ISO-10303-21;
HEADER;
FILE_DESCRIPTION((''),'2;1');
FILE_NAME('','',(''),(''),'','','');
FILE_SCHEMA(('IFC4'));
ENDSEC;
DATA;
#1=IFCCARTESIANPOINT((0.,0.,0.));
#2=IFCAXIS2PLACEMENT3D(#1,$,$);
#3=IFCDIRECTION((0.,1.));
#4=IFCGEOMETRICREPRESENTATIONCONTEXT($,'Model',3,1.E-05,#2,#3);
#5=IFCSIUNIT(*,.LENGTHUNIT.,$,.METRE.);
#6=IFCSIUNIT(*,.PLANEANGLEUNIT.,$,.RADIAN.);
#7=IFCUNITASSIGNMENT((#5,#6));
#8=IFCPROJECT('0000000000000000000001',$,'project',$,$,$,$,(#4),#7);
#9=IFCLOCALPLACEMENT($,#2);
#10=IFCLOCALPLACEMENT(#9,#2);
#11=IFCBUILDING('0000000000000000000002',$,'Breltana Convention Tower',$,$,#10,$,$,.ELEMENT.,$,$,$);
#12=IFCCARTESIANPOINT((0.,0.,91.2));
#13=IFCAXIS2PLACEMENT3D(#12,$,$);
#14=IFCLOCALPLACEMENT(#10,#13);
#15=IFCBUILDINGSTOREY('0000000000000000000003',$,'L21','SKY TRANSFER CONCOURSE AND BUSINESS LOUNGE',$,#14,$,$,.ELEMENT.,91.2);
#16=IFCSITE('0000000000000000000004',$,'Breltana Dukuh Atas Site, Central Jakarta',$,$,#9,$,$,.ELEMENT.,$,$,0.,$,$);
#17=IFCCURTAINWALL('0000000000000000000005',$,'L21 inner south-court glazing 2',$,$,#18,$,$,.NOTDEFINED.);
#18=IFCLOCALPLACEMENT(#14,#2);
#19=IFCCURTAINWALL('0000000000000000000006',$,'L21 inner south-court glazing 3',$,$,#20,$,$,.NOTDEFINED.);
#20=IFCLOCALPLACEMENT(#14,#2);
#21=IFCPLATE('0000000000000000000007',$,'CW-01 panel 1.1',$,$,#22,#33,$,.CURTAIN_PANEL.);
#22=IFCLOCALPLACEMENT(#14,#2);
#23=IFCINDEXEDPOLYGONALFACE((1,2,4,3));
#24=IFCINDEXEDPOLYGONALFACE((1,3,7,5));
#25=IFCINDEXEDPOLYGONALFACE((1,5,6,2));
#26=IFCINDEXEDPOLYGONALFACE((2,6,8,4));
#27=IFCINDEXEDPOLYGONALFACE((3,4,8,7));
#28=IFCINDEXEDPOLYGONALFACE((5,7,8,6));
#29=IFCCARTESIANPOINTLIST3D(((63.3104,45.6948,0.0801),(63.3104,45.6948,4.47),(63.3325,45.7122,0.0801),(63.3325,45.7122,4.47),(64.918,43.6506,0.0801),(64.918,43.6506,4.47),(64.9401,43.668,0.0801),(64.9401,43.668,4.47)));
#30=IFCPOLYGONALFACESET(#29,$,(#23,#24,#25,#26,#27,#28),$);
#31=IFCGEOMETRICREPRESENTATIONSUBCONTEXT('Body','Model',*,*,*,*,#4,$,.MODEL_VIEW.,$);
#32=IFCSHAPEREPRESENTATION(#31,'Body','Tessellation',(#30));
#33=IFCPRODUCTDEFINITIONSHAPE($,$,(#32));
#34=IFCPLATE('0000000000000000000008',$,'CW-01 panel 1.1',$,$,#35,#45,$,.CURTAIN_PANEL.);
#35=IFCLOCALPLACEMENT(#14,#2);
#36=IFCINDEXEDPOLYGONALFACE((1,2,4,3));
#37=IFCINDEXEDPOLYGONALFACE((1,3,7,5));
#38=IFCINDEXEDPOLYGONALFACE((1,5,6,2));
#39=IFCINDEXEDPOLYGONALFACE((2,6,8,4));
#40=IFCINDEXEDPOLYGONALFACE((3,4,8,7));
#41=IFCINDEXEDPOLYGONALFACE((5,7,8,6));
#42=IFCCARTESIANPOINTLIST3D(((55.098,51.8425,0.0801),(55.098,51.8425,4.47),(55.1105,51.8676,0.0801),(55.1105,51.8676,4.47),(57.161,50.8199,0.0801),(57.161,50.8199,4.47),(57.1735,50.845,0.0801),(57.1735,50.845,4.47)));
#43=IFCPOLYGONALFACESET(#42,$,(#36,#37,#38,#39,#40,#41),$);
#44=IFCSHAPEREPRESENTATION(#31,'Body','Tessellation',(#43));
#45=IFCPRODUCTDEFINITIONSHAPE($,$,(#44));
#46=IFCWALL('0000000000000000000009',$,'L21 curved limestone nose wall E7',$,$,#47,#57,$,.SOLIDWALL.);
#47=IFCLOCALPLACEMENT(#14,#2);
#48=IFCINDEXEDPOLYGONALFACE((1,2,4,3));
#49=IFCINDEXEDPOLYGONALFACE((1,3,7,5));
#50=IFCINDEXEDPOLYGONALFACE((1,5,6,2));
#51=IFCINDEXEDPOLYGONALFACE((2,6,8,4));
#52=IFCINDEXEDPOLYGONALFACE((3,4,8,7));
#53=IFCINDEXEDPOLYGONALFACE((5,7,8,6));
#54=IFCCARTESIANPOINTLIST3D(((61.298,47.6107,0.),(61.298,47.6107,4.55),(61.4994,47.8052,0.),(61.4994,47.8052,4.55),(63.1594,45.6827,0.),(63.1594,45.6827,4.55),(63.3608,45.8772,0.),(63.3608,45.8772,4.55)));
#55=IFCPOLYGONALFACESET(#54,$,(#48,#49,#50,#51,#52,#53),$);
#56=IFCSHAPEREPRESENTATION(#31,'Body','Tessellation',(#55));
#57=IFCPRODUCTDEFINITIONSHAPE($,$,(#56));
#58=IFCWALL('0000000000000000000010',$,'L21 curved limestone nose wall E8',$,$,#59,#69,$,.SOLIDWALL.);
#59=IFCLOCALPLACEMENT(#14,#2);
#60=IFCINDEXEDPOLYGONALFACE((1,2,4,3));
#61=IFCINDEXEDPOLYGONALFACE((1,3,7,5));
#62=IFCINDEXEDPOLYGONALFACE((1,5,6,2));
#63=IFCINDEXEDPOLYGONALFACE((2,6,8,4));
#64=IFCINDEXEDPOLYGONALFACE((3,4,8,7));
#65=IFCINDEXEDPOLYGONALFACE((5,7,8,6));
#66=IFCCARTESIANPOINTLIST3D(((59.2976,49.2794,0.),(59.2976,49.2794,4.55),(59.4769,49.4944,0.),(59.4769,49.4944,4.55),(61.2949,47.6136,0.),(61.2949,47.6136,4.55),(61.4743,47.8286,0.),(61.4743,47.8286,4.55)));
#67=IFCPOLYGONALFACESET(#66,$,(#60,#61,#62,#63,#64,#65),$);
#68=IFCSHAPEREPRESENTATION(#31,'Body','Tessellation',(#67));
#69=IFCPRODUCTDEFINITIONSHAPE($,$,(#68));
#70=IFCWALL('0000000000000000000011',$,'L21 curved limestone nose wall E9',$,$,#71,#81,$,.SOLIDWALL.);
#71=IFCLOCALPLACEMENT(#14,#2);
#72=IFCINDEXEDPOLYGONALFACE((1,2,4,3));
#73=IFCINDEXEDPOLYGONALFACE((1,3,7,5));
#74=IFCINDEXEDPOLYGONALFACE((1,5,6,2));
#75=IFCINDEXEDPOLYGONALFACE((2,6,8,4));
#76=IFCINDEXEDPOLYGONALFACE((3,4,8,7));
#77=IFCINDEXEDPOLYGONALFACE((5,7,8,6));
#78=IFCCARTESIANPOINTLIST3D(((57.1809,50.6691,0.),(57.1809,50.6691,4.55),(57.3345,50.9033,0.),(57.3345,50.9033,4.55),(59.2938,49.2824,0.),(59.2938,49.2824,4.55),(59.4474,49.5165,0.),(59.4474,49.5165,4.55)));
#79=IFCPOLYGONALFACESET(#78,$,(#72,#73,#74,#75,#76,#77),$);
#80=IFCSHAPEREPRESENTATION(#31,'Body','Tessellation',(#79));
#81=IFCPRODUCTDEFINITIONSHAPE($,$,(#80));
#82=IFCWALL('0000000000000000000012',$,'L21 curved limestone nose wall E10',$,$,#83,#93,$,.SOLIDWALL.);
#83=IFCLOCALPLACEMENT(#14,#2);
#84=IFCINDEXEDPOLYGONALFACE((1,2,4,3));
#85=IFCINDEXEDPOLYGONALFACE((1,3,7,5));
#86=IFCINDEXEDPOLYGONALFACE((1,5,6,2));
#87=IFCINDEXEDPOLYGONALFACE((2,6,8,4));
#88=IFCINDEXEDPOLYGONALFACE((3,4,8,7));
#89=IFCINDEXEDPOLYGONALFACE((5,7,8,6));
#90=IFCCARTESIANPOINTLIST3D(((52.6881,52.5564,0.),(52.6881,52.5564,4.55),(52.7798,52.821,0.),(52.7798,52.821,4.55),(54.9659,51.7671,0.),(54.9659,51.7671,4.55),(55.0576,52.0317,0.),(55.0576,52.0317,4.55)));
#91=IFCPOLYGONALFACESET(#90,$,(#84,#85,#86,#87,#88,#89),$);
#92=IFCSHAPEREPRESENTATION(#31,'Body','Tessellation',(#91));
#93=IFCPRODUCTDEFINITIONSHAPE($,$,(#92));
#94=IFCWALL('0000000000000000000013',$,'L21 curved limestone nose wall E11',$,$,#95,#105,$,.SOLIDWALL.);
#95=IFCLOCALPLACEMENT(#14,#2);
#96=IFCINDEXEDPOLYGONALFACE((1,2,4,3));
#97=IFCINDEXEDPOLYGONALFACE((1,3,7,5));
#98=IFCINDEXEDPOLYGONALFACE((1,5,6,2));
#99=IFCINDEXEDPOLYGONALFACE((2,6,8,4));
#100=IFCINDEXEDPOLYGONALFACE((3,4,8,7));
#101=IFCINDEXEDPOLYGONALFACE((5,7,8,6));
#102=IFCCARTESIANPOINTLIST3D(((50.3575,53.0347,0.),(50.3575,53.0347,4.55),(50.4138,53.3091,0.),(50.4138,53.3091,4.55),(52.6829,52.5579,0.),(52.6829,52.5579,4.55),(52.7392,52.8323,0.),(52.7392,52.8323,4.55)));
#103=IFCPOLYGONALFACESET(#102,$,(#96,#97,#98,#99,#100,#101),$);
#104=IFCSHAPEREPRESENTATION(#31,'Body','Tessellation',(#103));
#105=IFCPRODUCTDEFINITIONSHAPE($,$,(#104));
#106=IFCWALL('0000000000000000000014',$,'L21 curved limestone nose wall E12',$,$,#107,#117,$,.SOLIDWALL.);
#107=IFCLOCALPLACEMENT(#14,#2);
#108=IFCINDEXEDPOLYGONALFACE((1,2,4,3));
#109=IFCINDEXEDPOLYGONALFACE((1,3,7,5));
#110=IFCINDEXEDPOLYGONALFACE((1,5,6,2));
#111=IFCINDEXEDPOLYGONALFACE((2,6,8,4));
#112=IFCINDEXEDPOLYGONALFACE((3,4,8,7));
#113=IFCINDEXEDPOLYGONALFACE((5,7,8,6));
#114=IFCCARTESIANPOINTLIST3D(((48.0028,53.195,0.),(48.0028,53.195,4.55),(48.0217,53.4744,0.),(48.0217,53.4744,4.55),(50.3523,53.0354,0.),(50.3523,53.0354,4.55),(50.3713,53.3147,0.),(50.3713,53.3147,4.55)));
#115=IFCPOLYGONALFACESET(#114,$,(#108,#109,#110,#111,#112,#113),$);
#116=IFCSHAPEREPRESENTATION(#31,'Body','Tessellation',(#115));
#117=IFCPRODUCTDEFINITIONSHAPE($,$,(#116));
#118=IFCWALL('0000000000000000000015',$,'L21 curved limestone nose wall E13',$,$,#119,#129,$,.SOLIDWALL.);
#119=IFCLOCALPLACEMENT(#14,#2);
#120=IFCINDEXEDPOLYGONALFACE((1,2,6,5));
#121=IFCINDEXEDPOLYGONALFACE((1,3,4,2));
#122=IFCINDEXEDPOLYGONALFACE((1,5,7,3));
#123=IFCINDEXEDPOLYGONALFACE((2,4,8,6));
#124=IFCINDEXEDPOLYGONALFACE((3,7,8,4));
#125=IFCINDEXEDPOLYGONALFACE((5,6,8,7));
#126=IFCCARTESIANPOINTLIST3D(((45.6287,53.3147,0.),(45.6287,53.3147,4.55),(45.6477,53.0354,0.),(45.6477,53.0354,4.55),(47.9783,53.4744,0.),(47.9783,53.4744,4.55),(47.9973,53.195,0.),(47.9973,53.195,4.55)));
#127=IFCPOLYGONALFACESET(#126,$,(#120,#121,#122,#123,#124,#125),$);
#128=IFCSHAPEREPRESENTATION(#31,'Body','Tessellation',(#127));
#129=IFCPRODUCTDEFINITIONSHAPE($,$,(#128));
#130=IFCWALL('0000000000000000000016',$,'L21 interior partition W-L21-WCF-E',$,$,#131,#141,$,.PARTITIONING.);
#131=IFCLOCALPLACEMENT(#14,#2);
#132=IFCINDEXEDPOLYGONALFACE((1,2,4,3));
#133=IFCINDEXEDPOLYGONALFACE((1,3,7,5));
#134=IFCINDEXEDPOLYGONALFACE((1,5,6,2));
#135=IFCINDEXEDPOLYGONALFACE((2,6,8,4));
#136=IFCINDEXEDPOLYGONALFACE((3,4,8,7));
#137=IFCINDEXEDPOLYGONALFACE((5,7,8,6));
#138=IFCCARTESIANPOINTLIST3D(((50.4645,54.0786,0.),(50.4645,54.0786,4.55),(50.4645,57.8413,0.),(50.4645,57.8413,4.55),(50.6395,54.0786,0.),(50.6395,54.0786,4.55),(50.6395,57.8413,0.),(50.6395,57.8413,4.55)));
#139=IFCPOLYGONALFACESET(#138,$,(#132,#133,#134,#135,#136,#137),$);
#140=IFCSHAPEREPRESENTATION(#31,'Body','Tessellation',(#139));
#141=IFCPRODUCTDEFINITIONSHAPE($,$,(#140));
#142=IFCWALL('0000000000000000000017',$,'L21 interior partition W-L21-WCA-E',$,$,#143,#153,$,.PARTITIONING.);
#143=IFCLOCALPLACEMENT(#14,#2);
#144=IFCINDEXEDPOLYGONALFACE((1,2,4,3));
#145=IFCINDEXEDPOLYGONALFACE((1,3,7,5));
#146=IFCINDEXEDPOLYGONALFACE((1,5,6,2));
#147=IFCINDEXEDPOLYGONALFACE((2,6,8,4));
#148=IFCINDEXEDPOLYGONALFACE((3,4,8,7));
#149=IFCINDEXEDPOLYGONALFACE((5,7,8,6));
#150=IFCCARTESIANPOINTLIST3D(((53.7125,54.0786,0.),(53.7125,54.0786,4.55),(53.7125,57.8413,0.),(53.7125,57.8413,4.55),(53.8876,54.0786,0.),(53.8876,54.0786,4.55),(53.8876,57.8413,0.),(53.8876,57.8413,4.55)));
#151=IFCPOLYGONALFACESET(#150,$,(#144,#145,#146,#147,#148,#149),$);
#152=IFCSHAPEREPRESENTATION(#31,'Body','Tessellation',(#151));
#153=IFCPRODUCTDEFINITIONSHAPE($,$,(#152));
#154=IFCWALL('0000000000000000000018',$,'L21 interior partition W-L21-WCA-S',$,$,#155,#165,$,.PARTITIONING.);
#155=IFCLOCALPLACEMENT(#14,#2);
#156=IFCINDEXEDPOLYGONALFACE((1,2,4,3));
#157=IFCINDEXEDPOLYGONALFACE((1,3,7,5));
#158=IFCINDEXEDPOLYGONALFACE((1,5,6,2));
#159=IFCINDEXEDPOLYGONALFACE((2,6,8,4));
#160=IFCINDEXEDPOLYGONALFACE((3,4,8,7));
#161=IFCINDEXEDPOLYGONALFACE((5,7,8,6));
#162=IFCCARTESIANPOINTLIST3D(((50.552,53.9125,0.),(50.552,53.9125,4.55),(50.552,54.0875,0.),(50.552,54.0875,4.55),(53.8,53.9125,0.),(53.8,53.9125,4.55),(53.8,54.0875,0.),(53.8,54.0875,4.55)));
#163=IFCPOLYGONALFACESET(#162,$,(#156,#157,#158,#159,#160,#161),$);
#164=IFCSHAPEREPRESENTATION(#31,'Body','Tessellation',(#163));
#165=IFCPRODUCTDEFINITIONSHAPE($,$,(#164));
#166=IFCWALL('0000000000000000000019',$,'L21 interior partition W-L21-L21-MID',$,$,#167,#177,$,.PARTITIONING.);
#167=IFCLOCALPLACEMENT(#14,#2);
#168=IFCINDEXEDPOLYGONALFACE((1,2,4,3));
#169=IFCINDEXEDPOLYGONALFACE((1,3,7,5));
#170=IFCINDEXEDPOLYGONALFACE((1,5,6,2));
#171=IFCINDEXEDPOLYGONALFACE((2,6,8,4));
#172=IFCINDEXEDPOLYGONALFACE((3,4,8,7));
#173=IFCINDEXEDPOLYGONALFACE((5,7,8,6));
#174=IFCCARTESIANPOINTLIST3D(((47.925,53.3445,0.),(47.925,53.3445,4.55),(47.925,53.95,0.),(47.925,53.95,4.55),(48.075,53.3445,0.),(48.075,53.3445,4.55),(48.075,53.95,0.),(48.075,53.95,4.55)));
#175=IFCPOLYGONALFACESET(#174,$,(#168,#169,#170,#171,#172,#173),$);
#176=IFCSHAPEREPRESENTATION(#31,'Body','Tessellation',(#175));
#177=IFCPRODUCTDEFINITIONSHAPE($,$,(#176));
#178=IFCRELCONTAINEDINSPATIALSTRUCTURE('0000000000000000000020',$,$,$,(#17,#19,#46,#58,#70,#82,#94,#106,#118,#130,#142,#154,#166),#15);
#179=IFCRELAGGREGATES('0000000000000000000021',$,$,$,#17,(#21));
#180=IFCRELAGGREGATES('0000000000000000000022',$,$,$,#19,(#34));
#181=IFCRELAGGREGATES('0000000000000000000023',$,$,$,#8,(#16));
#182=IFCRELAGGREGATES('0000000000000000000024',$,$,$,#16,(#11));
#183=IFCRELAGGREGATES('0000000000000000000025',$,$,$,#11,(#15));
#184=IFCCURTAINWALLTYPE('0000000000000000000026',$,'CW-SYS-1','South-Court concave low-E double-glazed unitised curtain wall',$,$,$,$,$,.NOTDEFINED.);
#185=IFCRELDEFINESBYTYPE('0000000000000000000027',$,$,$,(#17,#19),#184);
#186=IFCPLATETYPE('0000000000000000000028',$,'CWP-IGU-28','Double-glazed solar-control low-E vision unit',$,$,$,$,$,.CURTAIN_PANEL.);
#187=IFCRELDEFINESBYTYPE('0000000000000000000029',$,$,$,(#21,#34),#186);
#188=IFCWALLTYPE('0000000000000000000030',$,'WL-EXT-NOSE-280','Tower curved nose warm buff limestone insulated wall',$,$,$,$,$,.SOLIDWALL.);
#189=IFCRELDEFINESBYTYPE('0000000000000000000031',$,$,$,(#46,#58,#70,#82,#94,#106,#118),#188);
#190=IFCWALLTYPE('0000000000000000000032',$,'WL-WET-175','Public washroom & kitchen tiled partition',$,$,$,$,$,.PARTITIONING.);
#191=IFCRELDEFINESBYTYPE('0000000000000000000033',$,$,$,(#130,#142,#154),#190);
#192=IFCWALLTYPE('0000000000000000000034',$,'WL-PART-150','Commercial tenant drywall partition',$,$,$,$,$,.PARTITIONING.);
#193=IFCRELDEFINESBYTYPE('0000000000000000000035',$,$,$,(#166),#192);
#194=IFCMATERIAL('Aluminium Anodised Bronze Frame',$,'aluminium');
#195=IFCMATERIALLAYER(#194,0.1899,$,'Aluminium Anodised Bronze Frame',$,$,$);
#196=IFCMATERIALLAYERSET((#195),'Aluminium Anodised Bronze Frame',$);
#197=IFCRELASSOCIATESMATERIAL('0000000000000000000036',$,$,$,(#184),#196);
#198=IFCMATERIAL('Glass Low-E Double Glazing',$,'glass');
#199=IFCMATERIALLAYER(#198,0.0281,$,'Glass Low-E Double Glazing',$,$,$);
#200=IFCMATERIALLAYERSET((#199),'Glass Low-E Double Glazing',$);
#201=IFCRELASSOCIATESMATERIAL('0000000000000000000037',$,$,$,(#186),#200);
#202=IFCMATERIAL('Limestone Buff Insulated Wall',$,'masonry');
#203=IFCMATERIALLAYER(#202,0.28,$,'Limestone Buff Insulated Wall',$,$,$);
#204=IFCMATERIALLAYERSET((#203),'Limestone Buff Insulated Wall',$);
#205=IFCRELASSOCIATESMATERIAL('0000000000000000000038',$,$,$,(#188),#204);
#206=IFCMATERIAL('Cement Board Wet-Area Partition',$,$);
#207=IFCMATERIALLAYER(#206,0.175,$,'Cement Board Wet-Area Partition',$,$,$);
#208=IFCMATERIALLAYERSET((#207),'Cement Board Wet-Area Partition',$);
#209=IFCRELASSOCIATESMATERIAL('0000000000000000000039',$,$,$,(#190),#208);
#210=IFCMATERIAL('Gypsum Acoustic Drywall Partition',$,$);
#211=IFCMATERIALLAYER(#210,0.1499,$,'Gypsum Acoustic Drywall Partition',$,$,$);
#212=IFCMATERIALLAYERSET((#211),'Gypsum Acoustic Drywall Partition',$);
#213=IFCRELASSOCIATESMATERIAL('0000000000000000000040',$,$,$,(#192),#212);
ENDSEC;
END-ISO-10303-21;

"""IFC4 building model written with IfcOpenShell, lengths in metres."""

from ifc_helpers import new_model, si_unit, direction, frame, frame_2d, origin, origin_2d, place, context, subcontext, project, spatial, rectangle, extrude, source, transform, mapped, material, layer, layer_set, type_object, element, aggregate, save


model = new_model("IFC4")

# Units and contexts
model_context = context("Model", 3, precision=1e-05, world=origin(), true_north=direction((0.0, 1.0)))
body_context = subcontext(model_context, "Body", "Model", "MODEL_VIEW")
ifc_project = project(units=[si_unit("LENGTHUNIT", "METRE"), si_unit("PLANEANGLEUNIT", "RADIAN")], contexts=[model_context])

# Site, building, storey
site_placement = place(None, origin())
site = spatial("IfcSite", under=ifc_project, at=site_placement, Name="Breltana Dukuh Atas Site, Central Jakarta", CompositionType="ELEMENT", RefElevation=0.0)
building_placement = place(site_placement, origin())
building = spatial("IfcBuilding", under=site, at=building_placement, Name="Breltana Convention Tower", CompositionType="ELEMENT")
storey_placement = place(building_placement, frame((0.0, 0.0, 91.2)))
storey = spatial("IfcBuildingStorey", under=building, at=storey_placement, Name="L21", Description="SKY TRANSFER CONCOURSE AND BUSINESS LOUNGE", CompositionType="ELEMENT", Elevation=91.2)

# Curtain wall
ifc_material_1 = material(Name="Aluminium Anodised Bronze Frame", Category="aluminium")
ifc_layer_1 = layer(ifc_material_1, 0.1899, Name="Aluminium Anodised Bronze Frame")
ifc_layer_set_1 = layer_set([ifc_layer_1], Name="Aluminium Anodised Bronze Frame")
curtain_wall_type = type_object("IfcCurtainWallType", Name="CW-SYS-1", Description="South-Court concave low-E double-glazed unitised curtain wall", PredefinedType="NOTDEFINED", material=ifc_layer_set_1)
curtain_wall_1_placement = place(storey_placement, origin())
curtain_wall_1 = element("IfcCurtainWall", 1, at=curtain_wall_1_placement, inside=storey, type_object=curtain_wall_type, Name="L21 inner south-court glazing 2", PredefinedType="NOTDEFINED")

# Curtain wall
curtain_wall_2_placement = place(storey_placement, origin())
curtain_wall_2 = element("IfcCurtainWall", 2, at=curtain_wall_2_placement, inside=storey, type_object=curtain_wall_type, Name="L21 inner south-court glazing 3", PredefinedType="NOTDEFINED")

# Plates
ifc_material_2 = material(Name="Glass Low-E Double Glazing", Category="glass")
ifc_layer_2 = layer(ifc_material_2, 0.0281, Name="Glass Low-E Double Glazing")
ifc_layer_set_2 = layer_set([ifc_layer_2], Name="Glass Low-E Double Glazing")
plate_type = type_object("IfcPlateType", Name="CWP-IGU-28", Description="Double-glazed solar-control low-E vision unit", PredefinedType="CURTAIN_PANEL", material=ifc_layer_set_2)
shared_shape_1 = source(origin(), body_context, "Body", "SweptSolid", [
    extrude(rectangle(XDim=2.6006, YDim=0.0281, at=origin_2d()), origin(), (0.0, 0.0, 1.0), 4.3899),
])
plate_1_placement = place(storey_placement, frame((64.1252, 44.6814, 0.0801), z_axis=(0.0, 0.0, 1.0), x_axis=(-0.618157, 0.786054, 0.0)))
plate_1 = element("IfcPlate", 3, at=plate_1_placement, type_object=plate_type, Name="CW-01 panel 1.1", PredefinedType="CURTAIN_PANEL", context=body_context, shape_type="MappedRepresentation", body=[
    mapped(shared_shape_1, transform((0.0, 0.0, 0.0), scale=1.0)),
])
aggregate(curtain_wall_1, [plate_1])
shared_shape_2 = source(origin(), body_context, "Body", "SweptSolid", [
    extrude(rectangle(XDim=2.3025, YDim=0.0281, at=origin_2d()), origin(), (0.0, 0.0, 1.0), 4.3899),
])
plate_2_placement = place(storey_placement, frame((56.1357, 51.3438, 0.0801), z_axis=(0.0, 0.0, 1.0), x_axis=(-0.895965, 0.444125, 0.0)))
plate_2 = element("IfcPlate", 4, at=plate_2_placement, type_object=plate_type, Name="CW-01 panel 1.1", PredefinedType="CURTAIN_PANEL", context=body_context, shape_type="MappedRepresentation", body=[
    mapped(shared_shape_2, transform((0.0, 0.0, 0.0), scale=1.0)),
])
aggregate(curtain_wall_2, [plate_2])

# Walls
ifc_material_3 = material(Name="Limestone Buff Insulated Wall", Category="masonry")
ifc_layer_3 = layer(ifc_material_3, 0.28, Name="Limestone Buff Insulated Wall")
ifc_layer_set_3 = layer_set([ifc_layer_3], Name="Limestone Buff Insulated Wall")
wall_type_1 = type_object("IfcWallType", Name="WL-EXT-NOSE-280", Description="Tower curved nose warm buff limestone insulated wall", PredefinedType="SOLIDWALL", material=ifc_layer_set_3)
shared_shape_3 = source(origin(), body_context, "Body", "SweptSolid", [
    extrude(rectangle(XDim=2.6799, YDim=0.28, at=frame_2d((1.3398, 0.0))), origin(), (0.0, 0.0, 1.0), 4.55),
])
wall_1_placement = place(storey_placement, frame((63.26, 45.78, 0.0), z_axis=(0.0, 0.0, 1.0), x_axis=(-0.694562, 0.719433, 0.0)))
element("IfcWall", 5, at=wall_1_placement, inside=storey, type_object=wall_type_1, Name="L21 curved limestone nose wall E7", PredefinedType="SOLIDWALL", context=body_context, shape_type="MappedRepresentation", body=[
    mapped(shared_shape_3, transform((0.0, 0.0, 0.0), scale=1.0)),
])
shared_shape_4 = source(origin(), body_context, "Body", "SweptSolid", [
    extrude(rectangle(XDim=2.6008, YDim=0.28, at=frame_2d((1.3003, 0.0))), origin(), (0.0, 0.0, 1.0), 4.55),
])
wall_2_placement = place(storey_placement, frame((61.3845, 47.7212, 0.0), z_axis=(0.0, 0.0, 1.0), x_axis=(-0.767967, 0.640489, 0.0)))
element("IfcWall", 6, at=wall_2_placement, inside=storey, type_object=wall_type_1, Name="L21 curved limestone nose wall E8", PredefinedType="SOLIDWALL", context=body_context, shape_type="MappedRepresentation", body=[
    mapped(shared_shape_4, transform((0.0, 0.0, 0.0), scale=1.0)),
])
shared_shape_5 = source(origin(), body_context, "Body", "SweptSolid", [
    extrude(rectangle(XDim=2.5273, YDim=0.28, at=frame_2d((1.2637, 0.0))), origin(), (0.0, 0.0, 1.0), 4.55),
])
wall_3_placement = place(storey_placement, frame((59.3706, 49.3994, 0.0), z_axis=(0.0, 0.0, 1.0), x_axis=(-0.836012, 0.548711, 0.0)))
element("IfcWall", 7, at=wall_3_placement, inside=storey, type_object=wall_type_1, Name="L21 curved limestone nose wall E9", PredefinedType="SOLIDWALL", context=body_context, shape_type="MappedRepresentation", body=[
    mapped(shared_shape_5, transform((0.0, 0.0, 0.0), scale=1.0)),
])
shared_shape_6 = source(origin(), body_context, "Body", "SweptSolid", [
    extrude(rectangle(XDim=2.4106, YDim=0.28, at=frame_2d((1.2053, 0.0))), origin(), (0.0, 0.0, 1.0), 4.55),
])
wall_4_placement = place(storey_placement, frame((55.0117, 51.8994, 0.0), z_axis=(0.0, 0.0, 1.0), x_axis=(-0.94488, 0.327417, 0.0)))
element("IfcWall", 8, at=wall_4_placement, inside=storey, type_object=wall_type_1, Name="L21 curved limestone nose wall E10", PredefinedType="SOLIDWALL", context=body_context, shape_type="MappedRepresentation", body=[
    mapped(shared_shape_6, transform((0.0, 0.0, 0.0), scale=1.0)),
])
shared_shape_7 = source(origin(), body_context, "Body", "SweptSolid", [
    extrude(rectangle(XDim=2.3738, YDim=0.28, at=frame_2d((1.187, 0.0))), origin(), (0.0, 0.0, 1.0), 4.55),
])
wall_5_placement = place(storey_placement, frame((52.7112, 52.6951, 0.0), z_axis=(0.0, 0.0, 1.0), x_axis=(-0.97962, 0.200861, 0.0)))
element("IfcWall", 9, at=wall_5_placement, inside=storey, type_object=wall_type_1, Name="L21 curved limestone nose wall E11", PredefinedType="SOLIDWALL", context=body_context, shape_type="MappedRepresentation", body=[
    mapped(shared_shape_7, transform((0.0, 0.0, 0.0), scale=1.0)),
])
shared_shape_8 = source(origin(), body_context, "Body", "SweptSolid", [
    extrude(rectangle(XDim=2.355, YDim=0.28, at=frame_2d((1.1775, 0.0))), origin(), (0.0, 0.0, 1.0), 4.55),
])
for number, where, z_axis, x_axis, name in (
    (10, (50.3618, 53.175, 0.0), (0.0, 0.0, 1.0), (-0.997699, 0.067799, 0.0), "L21 curved limestone nose wall E12"),
    (11, (47.9878, 53.3347, 0.0), (0.0, 0.0, 1.0), (-0.997699, -0.067799, 0.0), "L21 curved limestone nose wall E13"),
):
    element("IfcWall", number, at=place(storey_placement, frame(where, z_axis=z_axis, x_axis=x_axis)), inside=storey, type_object=wall_type_1, Name=name, PredefinedType="SOLIDWALL", context=body_context, shape_type="MappedRepresentation", body=[
        mapped(shared_shape_8, transform((0.0, 0.0, 0.0), scale=1.0)),
    ])
ifc_material_4 = material(Name="Cement Board Wet-Area Partition")
ifc_layer_4 = layer(ifc_material_4, 0.175, Name="Cement Board Wet-Area Partition")
ifc_layer_set_4 = layer_set([ifc_layer_4], Name="Cement Board Wet-Area Partition")
wall_type_2 = type_object("IfcWallType", Name="WL-WET-175", Description="Public washroom & kitchen tiled partition", PredefinedType="PARTITIONING", material=ifc_layer_set_4)
shared_shape_9 = source(origin(), body_context, "Body", "SweptSolid", [
    extrude(rectangle(XDim=3.7627, YDim=0.175, at=frame_2d((1.8813, 0.0))), origin(), (0.0, 0.0, 1.0), 4.55),
])
for number, where, z_axis, x_axis, name in (
    (12, (50.552, 54.0786, 0.0), (0.0, 0.0, 1.0), (0.0, 1.0, 0.0), "L21 interior partition W-L21-WCF-E"),
    (13, (53.8, 54.0786, 0.0), (0.0, 0.0, 1.0), (0.0, 1.0, 0.0), "L21 interior partition W-L21-WCA-E"),
):
    element("IfcWall", number, at=place(storey_placement, frame(where, z_axis=z_axis, x_axis=x_axis)), inside=storey, type_object=wall_type_2, Name=name, PredefinedType="PARTITIONING", context=body_context, shape_type="MappedRepresentation", body=[
        mapped(shared_shape_9, transform((0.0, 0.0, 0.0), scale=1.0)),
    ])
shared_shape_10 = source(origin(), body_context, "Body", "SweptSolid", [
    extrude(rectangle(XDim=3.248, YDim=0.175, at=frame_2d((1.624, 0.0))), origin(), (0.0, 0.0, 1.0), 4.55),
])
wall_6_placement = place(storey_placement, frame((50.552, 54.0, 0.0), z_axis=(0.0, 0.0, 1.0), x_axis=(1.0, 0.0, 0.0)))
element("IfcWall", 14, at=wall_6_placement, inside=storey, type_object=wall_type_2, Name="L21 interior partition W-L21-WCA-S", PredefinedType="PARTITIONING", context=body_context, shape_type="MappedRepresentation", body=[
    mapped(shared_shape_10, transform((0.0, 0.0, 0.0), scale=1.0)),
])

# Wall
ifc_material_5 = material(Name="Gypsum Acoustic Drywall Partition")
ifc_layer_5 = layer(ifc_material_5, 0.1499, Name="Gypsum Acoustic Drywall Partition")
ifc_layer_set_5 = layer_set([ifc_layer_5], Name="Gypsum Acoustic Drywall Partition")
wall_type_3 = type_object("IfcWallType", Name="WL-PART-150", Description="Commercial tenant drywall partition", PredefinedType="PARTITIONING", material=ifc_layer_set_5)
shared_shape_11 = source(origin(), body_context, "Body", "SweptSolid", [
    extrude(rectangle(XDim=0.6055, YDim=0.1499, at=frame_2d((0.3027, 0.0))), origin(), (0.0, 0.0, 1.0), 4.55),
])
wall_7_placement = place(storey_placement, frame((48.0, 53.3445, 0.0), z_axis=(0.0, 0.0, 1.0), x_axis=(0.0, 1.0, 0.0)))
element("IfcWall", 15, at=wall_7_placement, inside=storey, type_object=wall_type_3, Name="L21 interior partition W-L21-L21-MID", PredefinedType="PARTITIONING", context=body_context, shape_type="MappedRepresentation", body=[
    mapped(shared_shape_11, transform((0.0, 0.0, 0.0), scale=1.0)),
])

save(model, "model.ifc")
